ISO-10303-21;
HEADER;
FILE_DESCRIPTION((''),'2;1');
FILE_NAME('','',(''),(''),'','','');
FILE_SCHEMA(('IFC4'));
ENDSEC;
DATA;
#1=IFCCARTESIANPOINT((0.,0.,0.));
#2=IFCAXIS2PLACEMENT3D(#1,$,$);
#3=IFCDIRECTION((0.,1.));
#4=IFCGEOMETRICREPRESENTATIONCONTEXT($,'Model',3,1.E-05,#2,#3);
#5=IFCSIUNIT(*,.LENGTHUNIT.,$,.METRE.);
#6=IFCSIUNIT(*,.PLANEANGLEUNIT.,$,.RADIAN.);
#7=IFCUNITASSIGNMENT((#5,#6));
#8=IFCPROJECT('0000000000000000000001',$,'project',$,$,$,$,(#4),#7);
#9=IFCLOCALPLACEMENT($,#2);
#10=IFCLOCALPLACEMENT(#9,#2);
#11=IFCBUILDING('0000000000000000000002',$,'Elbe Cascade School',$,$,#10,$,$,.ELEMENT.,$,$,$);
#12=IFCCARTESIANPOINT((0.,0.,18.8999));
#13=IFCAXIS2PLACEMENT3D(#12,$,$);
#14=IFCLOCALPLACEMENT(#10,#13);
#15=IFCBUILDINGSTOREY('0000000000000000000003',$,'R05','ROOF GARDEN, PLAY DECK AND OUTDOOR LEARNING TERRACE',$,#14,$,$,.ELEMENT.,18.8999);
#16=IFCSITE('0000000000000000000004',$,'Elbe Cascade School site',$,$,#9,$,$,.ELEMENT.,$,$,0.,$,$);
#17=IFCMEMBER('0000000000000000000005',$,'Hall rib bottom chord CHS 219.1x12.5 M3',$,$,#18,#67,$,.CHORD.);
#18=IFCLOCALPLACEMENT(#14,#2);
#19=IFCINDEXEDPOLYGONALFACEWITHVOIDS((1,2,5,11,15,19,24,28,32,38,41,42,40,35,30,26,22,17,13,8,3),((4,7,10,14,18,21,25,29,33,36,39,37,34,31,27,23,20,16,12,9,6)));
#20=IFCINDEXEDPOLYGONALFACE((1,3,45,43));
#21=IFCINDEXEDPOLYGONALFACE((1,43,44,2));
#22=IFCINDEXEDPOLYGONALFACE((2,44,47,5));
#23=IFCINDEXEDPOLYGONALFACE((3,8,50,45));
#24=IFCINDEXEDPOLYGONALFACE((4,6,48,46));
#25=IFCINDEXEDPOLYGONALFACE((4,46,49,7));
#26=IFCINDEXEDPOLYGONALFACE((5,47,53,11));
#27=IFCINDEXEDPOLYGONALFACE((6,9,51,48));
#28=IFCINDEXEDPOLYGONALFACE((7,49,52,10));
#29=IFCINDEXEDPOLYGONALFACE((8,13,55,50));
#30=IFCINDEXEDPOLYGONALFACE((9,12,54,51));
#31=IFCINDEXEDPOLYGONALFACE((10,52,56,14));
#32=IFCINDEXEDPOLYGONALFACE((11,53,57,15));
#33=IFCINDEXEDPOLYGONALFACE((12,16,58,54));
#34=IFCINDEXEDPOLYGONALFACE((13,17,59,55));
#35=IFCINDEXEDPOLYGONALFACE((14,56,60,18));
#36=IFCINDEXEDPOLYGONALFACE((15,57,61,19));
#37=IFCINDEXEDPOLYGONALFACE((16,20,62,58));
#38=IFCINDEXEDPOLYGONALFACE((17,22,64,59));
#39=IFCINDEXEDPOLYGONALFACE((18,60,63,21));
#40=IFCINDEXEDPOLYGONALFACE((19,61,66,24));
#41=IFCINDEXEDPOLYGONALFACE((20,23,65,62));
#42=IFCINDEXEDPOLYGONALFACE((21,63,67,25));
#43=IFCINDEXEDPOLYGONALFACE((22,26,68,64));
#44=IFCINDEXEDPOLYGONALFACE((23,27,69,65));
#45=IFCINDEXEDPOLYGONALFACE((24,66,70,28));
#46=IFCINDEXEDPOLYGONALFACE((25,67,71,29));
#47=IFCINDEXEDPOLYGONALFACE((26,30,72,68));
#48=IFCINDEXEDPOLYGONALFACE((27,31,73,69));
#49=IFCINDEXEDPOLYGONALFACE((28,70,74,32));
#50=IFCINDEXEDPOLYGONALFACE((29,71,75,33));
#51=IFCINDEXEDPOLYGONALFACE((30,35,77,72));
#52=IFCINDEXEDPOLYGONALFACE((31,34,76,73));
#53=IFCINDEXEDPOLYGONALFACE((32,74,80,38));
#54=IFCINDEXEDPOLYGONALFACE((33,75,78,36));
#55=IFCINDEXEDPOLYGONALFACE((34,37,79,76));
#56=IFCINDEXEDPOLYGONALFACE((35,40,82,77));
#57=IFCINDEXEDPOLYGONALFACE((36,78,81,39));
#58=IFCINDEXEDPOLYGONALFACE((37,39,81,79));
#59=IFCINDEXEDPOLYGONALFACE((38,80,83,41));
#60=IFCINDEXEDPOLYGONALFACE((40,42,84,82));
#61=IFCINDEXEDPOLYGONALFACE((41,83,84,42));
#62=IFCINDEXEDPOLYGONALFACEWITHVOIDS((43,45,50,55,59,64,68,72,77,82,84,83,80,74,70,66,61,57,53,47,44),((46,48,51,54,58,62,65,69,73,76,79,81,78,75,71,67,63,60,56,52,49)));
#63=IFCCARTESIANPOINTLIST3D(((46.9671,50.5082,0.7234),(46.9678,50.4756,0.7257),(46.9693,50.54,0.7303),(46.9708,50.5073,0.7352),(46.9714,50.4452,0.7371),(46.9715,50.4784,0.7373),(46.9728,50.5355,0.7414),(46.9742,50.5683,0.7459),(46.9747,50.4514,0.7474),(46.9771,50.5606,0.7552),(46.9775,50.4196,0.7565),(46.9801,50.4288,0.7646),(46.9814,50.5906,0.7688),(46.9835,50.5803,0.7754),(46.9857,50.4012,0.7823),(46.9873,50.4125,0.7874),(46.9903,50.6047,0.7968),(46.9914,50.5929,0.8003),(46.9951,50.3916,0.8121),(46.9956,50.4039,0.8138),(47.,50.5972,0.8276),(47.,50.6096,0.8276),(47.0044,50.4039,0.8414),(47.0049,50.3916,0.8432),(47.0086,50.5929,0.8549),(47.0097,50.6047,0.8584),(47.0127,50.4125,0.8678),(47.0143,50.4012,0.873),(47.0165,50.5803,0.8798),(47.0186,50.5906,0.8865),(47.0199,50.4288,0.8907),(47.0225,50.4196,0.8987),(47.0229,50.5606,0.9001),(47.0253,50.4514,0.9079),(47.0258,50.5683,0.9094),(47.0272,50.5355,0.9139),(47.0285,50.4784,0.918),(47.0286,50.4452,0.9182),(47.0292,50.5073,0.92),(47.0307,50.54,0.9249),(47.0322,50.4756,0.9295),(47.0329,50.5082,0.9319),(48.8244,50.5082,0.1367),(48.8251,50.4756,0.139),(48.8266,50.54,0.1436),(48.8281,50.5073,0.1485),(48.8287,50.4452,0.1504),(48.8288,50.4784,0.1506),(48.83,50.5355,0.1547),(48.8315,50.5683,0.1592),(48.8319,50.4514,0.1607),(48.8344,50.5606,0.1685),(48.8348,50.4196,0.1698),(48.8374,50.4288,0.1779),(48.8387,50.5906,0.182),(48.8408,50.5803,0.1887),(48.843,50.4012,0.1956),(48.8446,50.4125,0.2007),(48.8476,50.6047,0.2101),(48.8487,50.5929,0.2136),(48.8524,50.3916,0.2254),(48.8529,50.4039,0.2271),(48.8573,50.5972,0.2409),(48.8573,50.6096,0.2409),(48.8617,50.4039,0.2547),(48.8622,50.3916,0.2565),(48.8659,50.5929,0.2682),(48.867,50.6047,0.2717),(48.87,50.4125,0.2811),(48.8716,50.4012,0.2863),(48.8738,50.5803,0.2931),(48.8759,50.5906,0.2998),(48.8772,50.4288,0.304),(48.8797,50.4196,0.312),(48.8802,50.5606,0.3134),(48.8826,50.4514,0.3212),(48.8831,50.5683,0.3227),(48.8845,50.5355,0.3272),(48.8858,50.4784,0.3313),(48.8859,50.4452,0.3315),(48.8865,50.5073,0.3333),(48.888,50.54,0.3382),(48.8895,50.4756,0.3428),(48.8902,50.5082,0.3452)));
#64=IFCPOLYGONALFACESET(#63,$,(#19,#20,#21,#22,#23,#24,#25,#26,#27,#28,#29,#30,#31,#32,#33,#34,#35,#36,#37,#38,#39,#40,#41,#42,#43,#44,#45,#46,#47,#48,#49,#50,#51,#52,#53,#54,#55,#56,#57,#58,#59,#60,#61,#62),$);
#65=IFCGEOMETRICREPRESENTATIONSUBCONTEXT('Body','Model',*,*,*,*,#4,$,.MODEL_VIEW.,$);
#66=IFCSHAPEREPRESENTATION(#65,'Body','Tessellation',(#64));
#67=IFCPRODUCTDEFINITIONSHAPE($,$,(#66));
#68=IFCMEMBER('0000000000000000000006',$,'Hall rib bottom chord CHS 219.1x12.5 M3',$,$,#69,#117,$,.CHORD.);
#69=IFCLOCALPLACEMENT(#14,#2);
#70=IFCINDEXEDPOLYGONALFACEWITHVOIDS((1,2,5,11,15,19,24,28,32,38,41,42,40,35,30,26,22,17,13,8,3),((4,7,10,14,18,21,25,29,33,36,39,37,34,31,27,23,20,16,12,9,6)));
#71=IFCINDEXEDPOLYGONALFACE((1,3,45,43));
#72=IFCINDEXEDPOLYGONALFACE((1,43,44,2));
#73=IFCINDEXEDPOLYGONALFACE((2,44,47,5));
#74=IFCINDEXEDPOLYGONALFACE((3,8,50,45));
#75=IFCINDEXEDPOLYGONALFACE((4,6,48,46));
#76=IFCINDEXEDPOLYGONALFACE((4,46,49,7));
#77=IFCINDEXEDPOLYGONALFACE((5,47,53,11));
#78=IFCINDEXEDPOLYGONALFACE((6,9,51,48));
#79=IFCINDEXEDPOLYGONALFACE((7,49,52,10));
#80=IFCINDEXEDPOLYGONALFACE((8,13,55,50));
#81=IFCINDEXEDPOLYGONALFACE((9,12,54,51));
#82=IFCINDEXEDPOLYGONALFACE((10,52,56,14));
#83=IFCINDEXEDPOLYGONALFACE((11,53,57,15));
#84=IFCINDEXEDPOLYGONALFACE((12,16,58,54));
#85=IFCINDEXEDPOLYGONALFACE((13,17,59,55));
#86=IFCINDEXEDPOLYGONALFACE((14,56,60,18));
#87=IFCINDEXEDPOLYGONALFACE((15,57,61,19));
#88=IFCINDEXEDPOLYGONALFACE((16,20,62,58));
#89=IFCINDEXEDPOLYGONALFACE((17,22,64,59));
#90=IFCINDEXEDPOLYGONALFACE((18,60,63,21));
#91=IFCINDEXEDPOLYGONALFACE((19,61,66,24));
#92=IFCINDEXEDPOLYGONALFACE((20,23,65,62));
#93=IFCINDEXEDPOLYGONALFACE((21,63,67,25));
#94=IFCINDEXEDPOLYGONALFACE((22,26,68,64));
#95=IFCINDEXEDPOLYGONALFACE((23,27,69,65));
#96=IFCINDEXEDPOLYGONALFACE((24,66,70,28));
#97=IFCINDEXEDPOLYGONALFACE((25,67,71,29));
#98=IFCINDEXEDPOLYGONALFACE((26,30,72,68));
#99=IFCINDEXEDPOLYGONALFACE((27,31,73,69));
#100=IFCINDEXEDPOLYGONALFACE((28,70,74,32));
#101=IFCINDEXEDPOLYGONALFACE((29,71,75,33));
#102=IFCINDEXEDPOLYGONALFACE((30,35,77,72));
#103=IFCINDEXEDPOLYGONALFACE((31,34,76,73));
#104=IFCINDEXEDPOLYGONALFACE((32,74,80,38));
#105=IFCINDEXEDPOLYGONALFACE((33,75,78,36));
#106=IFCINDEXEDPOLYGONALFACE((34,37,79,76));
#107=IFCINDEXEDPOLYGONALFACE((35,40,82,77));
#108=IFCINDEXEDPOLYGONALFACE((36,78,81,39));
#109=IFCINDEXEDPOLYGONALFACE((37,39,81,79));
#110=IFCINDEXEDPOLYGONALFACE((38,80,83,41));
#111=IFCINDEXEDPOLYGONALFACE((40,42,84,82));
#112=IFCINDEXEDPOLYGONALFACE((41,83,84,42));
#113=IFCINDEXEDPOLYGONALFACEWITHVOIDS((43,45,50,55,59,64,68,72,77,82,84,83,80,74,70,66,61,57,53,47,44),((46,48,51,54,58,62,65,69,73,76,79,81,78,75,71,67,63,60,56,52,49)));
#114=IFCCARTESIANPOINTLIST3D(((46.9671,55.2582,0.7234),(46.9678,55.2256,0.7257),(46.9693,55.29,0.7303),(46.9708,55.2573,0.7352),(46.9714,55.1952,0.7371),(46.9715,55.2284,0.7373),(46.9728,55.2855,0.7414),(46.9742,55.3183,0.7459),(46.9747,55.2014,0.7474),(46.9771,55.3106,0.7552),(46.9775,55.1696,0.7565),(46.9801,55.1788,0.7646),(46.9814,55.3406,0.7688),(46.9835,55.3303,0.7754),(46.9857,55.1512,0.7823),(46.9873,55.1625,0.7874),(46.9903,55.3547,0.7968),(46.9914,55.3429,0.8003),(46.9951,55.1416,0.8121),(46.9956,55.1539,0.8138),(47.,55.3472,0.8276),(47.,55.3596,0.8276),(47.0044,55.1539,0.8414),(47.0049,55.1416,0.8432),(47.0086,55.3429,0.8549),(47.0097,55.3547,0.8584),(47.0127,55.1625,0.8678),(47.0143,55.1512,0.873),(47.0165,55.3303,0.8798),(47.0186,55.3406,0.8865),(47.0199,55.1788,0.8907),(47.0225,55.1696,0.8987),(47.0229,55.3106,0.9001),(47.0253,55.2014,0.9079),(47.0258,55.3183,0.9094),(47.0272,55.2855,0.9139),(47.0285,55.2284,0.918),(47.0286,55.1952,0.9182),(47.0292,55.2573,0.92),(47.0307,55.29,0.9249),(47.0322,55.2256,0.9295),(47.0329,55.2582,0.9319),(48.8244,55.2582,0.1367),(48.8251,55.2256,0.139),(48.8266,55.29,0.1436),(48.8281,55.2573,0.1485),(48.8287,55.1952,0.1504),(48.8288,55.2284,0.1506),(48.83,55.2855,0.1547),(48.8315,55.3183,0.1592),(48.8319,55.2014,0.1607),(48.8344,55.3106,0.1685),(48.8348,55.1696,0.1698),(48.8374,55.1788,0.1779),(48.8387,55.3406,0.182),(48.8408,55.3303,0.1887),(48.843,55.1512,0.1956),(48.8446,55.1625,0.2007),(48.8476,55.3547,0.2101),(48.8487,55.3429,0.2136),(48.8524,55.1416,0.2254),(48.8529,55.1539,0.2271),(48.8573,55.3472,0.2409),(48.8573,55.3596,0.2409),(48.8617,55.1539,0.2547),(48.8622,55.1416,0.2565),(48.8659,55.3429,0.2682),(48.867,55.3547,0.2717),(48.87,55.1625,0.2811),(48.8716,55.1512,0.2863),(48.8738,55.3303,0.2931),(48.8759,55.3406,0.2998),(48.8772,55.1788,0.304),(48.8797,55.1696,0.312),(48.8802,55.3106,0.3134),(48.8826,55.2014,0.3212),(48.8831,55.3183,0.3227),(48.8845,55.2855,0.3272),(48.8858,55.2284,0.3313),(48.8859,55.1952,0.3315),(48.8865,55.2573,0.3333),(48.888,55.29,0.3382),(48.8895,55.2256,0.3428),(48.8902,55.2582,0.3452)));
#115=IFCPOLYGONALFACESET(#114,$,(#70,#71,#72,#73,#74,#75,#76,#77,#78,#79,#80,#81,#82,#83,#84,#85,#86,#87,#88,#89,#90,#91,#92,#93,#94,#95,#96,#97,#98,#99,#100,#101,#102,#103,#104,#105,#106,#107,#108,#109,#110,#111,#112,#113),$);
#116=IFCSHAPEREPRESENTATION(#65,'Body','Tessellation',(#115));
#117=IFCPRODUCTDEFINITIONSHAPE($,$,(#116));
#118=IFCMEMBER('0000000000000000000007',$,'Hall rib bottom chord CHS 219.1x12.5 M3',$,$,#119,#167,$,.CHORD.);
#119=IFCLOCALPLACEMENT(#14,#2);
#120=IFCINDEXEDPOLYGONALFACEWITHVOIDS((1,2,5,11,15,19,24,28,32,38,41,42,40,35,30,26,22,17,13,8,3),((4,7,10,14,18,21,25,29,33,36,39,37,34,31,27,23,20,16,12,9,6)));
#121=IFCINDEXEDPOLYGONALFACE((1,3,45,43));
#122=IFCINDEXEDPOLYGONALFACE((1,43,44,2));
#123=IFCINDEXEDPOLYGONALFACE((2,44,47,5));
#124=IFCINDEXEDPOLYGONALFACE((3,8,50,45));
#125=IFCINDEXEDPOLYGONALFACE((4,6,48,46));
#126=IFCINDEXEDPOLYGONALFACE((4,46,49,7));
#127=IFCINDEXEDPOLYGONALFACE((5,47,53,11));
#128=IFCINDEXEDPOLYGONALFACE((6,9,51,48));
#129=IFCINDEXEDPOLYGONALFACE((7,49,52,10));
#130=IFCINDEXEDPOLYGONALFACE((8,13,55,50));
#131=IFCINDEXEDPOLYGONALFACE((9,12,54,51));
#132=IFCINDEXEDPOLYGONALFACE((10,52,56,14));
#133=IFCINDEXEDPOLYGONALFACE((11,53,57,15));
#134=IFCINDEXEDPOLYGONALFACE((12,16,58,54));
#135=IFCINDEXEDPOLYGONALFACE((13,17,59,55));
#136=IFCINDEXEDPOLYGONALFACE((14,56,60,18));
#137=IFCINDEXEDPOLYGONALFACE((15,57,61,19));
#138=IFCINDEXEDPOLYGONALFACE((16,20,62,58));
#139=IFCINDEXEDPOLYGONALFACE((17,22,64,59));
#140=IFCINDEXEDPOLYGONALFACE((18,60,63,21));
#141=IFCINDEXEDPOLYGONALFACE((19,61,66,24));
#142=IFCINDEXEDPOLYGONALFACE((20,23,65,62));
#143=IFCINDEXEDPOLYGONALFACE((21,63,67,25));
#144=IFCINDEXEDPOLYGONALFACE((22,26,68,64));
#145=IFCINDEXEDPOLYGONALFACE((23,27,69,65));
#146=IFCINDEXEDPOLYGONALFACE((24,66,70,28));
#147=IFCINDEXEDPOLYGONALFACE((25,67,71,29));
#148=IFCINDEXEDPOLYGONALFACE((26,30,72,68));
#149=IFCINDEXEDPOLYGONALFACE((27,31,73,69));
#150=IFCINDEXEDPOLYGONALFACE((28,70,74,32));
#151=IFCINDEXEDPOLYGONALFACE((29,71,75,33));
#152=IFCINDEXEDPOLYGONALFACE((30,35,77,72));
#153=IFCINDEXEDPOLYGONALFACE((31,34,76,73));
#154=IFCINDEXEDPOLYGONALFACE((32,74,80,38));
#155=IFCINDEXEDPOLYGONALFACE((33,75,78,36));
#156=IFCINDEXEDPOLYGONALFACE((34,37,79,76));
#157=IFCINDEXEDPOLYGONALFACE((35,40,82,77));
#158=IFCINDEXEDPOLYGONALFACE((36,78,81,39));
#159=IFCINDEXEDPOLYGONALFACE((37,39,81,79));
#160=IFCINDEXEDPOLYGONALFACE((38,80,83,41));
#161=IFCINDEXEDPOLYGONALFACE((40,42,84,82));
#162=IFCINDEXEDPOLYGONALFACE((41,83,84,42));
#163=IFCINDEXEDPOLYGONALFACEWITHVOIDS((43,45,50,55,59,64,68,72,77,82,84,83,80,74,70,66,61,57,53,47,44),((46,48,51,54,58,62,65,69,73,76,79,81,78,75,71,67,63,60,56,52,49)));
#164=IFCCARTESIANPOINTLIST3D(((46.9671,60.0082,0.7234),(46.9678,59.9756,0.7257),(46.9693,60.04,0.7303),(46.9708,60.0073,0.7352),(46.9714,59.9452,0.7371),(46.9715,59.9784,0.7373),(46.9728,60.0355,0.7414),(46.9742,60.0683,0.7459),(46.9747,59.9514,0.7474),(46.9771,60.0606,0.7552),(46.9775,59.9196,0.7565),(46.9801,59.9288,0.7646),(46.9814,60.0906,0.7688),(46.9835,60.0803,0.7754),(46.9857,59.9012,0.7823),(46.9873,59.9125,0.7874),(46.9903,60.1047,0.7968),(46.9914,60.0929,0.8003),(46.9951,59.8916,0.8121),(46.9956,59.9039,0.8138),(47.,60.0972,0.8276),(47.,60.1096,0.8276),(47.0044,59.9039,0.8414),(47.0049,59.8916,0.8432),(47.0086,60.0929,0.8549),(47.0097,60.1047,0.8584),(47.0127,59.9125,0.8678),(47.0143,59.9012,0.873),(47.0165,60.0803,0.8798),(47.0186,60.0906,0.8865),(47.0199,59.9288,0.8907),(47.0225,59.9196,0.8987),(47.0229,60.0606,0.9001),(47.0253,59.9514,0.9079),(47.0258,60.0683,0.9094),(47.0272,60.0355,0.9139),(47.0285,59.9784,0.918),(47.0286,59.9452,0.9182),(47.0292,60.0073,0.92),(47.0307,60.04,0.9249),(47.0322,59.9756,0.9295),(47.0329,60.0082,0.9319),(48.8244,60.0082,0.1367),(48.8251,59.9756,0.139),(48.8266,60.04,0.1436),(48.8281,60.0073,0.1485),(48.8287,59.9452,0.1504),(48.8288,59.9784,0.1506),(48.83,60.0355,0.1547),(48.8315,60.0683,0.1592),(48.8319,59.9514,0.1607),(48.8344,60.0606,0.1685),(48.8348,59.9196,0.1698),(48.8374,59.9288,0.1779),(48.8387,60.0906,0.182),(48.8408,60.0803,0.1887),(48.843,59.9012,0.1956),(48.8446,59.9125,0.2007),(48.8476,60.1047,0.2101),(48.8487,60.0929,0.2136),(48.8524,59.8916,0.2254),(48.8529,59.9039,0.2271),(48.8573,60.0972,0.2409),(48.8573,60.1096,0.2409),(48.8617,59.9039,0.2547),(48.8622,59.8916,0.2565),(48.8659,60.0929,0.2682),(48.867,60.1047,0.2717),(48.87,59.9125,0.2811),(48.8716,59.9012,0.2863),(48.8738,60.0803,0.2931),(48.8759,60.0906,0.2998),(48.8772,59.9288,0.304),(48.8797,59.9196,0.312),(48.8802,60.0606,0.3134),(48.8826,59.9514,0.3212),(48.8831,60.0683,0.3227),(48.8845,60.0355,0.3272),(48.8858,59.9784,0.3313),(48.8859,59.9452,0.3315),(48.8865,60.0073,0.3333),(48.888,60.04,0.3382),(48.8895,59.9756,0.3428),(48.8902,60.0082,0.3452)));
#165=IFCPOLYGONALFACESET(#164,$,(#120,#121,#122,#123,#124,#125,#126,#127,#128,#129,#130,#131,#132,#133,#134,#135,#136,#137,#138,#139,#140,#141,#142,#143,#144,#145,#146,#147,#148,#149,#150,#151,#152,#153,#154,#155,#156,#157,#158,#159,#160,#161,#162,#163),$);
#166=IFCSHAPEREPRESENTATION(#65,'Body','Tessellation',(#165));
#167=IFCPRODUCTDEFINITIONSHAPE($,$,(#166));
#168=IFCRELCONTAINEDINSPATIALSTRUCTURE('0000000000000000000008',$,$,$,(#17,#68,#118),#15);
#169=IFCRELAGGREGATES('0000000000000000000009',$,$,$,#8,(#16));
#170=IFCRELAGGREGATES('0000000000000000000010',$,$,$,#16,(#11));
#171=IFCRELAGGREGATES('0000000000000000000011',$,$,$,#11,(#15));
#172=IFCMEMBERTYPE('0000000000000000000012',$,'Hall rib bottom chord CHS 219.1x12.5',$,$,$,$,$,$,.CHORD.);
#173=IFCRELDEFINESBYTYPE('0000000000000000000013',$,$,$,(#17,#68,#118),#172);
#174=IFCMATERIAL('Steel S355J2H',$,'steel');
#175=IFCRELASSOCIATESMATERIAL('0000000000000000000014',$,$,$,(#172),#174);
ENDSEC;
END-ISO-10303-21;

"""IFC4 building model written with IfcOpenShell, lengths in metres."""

from ifc_helpers import new_model, si_unit, direction, frame, origin, origin_2d, place, context, subcontext, project, spatial, hollow_circle, extrude, material, material_profile, profile_set, type_object, element, save


model = new_model("IFC4")

# Units and contexts
model_context = context("Model", 3, precision=1e-05, world=origin(), true_north=direction((0.0, 1.0)))
body_context = subcontext(model_context, "Body", "Model", "MODEL_VIEW")
ifc_project = project(units=[si_unit("LENGTHUNIT", "METRE"), si_unit("PLANEANGLEUNIT", "RADIAN")], contexts=[model_context])

# Site, building, storey
site_placement = place(None, origin())
site = spatial("IfcSite", under=ifc_project, at=site_placement, Name="Elbe Cascade School site", CompositionType="ELEMENT", RefElevation=0.0)
building_placement = place(site_placement, origin())
building = spatial("IfcBuilding", under=site, at=building_placement, Name="Elbe Cascade School", CompositionType="ELEMENT")
storey_placement = place(building_placement, frame((0.0, 0.0, 18.8999)))
storey = spatial("IfcBuildingStorey", under=building, at=storey_placement, Name="R05", Description="ROOF GARDEN, PLAY DECK AND OUTDOOR LEARNING TERRACE", CompositionType="ELEMENT", Elevation=18.8999)

# Members
ifc_material_1 = material(Name="Steel S355J2H", Category="steel")
ifc_material_profile_1 = material_profile(ifc_material_1, hollow_circle(Radius=0.1096, WallThickness=0.0125, at=origin_2d()), Name="CHS 219.1x12.5")
ifc_profile_set_1 = profile_set([ifc_material_profile_1], Name="Steel S355J2H")
member_type_1 = type_object("IfcMemberType", Name="Hall rib bottom chord CHS 219.1x12.5", PredefinedType="CHORD", material=ifc_profile_set_1)
for number, where, z_axis, x_axis, name in (
    (1, (47.0, 50.5, 0.8276), (0.953554, 0.0, -0.301221), (0.0, 1.0, 0.0), "Hall rib bottom chord CHS 219.1x12.5 M3"),
    (2, (47.0, 55.25, 0.8276), (0.953554, 0.0, -0.301221), (0.0, 1.0, 0.0), "Hall rib bottom chord CHS 219.1x12.5 M3"),
    (3, (47.0, 60.0, 0.8276), (0.953554, 0.0, -0.301221), (0.0, 1.0, 0.0), "Hall rib bottom chord CHS 219.1x12.5 M3"),
):
    element("IfcMember", number, at=place(storey_placement, frame(where, z_axis=z_axis, x_axis=x_axis)), inside=storey, type_object=member_type_1, Name=name, PredefinedType="CHORD", context=body_context, shape_type="SweptSolid", body=[
        extrude(hollow_circle(Radius=0.1096, WallThickness=0.0125, at=origin_2d()), origin(), (0.0, 0.0, 1.0), 1.9478),
    ])

save(model, "model.ifc")
